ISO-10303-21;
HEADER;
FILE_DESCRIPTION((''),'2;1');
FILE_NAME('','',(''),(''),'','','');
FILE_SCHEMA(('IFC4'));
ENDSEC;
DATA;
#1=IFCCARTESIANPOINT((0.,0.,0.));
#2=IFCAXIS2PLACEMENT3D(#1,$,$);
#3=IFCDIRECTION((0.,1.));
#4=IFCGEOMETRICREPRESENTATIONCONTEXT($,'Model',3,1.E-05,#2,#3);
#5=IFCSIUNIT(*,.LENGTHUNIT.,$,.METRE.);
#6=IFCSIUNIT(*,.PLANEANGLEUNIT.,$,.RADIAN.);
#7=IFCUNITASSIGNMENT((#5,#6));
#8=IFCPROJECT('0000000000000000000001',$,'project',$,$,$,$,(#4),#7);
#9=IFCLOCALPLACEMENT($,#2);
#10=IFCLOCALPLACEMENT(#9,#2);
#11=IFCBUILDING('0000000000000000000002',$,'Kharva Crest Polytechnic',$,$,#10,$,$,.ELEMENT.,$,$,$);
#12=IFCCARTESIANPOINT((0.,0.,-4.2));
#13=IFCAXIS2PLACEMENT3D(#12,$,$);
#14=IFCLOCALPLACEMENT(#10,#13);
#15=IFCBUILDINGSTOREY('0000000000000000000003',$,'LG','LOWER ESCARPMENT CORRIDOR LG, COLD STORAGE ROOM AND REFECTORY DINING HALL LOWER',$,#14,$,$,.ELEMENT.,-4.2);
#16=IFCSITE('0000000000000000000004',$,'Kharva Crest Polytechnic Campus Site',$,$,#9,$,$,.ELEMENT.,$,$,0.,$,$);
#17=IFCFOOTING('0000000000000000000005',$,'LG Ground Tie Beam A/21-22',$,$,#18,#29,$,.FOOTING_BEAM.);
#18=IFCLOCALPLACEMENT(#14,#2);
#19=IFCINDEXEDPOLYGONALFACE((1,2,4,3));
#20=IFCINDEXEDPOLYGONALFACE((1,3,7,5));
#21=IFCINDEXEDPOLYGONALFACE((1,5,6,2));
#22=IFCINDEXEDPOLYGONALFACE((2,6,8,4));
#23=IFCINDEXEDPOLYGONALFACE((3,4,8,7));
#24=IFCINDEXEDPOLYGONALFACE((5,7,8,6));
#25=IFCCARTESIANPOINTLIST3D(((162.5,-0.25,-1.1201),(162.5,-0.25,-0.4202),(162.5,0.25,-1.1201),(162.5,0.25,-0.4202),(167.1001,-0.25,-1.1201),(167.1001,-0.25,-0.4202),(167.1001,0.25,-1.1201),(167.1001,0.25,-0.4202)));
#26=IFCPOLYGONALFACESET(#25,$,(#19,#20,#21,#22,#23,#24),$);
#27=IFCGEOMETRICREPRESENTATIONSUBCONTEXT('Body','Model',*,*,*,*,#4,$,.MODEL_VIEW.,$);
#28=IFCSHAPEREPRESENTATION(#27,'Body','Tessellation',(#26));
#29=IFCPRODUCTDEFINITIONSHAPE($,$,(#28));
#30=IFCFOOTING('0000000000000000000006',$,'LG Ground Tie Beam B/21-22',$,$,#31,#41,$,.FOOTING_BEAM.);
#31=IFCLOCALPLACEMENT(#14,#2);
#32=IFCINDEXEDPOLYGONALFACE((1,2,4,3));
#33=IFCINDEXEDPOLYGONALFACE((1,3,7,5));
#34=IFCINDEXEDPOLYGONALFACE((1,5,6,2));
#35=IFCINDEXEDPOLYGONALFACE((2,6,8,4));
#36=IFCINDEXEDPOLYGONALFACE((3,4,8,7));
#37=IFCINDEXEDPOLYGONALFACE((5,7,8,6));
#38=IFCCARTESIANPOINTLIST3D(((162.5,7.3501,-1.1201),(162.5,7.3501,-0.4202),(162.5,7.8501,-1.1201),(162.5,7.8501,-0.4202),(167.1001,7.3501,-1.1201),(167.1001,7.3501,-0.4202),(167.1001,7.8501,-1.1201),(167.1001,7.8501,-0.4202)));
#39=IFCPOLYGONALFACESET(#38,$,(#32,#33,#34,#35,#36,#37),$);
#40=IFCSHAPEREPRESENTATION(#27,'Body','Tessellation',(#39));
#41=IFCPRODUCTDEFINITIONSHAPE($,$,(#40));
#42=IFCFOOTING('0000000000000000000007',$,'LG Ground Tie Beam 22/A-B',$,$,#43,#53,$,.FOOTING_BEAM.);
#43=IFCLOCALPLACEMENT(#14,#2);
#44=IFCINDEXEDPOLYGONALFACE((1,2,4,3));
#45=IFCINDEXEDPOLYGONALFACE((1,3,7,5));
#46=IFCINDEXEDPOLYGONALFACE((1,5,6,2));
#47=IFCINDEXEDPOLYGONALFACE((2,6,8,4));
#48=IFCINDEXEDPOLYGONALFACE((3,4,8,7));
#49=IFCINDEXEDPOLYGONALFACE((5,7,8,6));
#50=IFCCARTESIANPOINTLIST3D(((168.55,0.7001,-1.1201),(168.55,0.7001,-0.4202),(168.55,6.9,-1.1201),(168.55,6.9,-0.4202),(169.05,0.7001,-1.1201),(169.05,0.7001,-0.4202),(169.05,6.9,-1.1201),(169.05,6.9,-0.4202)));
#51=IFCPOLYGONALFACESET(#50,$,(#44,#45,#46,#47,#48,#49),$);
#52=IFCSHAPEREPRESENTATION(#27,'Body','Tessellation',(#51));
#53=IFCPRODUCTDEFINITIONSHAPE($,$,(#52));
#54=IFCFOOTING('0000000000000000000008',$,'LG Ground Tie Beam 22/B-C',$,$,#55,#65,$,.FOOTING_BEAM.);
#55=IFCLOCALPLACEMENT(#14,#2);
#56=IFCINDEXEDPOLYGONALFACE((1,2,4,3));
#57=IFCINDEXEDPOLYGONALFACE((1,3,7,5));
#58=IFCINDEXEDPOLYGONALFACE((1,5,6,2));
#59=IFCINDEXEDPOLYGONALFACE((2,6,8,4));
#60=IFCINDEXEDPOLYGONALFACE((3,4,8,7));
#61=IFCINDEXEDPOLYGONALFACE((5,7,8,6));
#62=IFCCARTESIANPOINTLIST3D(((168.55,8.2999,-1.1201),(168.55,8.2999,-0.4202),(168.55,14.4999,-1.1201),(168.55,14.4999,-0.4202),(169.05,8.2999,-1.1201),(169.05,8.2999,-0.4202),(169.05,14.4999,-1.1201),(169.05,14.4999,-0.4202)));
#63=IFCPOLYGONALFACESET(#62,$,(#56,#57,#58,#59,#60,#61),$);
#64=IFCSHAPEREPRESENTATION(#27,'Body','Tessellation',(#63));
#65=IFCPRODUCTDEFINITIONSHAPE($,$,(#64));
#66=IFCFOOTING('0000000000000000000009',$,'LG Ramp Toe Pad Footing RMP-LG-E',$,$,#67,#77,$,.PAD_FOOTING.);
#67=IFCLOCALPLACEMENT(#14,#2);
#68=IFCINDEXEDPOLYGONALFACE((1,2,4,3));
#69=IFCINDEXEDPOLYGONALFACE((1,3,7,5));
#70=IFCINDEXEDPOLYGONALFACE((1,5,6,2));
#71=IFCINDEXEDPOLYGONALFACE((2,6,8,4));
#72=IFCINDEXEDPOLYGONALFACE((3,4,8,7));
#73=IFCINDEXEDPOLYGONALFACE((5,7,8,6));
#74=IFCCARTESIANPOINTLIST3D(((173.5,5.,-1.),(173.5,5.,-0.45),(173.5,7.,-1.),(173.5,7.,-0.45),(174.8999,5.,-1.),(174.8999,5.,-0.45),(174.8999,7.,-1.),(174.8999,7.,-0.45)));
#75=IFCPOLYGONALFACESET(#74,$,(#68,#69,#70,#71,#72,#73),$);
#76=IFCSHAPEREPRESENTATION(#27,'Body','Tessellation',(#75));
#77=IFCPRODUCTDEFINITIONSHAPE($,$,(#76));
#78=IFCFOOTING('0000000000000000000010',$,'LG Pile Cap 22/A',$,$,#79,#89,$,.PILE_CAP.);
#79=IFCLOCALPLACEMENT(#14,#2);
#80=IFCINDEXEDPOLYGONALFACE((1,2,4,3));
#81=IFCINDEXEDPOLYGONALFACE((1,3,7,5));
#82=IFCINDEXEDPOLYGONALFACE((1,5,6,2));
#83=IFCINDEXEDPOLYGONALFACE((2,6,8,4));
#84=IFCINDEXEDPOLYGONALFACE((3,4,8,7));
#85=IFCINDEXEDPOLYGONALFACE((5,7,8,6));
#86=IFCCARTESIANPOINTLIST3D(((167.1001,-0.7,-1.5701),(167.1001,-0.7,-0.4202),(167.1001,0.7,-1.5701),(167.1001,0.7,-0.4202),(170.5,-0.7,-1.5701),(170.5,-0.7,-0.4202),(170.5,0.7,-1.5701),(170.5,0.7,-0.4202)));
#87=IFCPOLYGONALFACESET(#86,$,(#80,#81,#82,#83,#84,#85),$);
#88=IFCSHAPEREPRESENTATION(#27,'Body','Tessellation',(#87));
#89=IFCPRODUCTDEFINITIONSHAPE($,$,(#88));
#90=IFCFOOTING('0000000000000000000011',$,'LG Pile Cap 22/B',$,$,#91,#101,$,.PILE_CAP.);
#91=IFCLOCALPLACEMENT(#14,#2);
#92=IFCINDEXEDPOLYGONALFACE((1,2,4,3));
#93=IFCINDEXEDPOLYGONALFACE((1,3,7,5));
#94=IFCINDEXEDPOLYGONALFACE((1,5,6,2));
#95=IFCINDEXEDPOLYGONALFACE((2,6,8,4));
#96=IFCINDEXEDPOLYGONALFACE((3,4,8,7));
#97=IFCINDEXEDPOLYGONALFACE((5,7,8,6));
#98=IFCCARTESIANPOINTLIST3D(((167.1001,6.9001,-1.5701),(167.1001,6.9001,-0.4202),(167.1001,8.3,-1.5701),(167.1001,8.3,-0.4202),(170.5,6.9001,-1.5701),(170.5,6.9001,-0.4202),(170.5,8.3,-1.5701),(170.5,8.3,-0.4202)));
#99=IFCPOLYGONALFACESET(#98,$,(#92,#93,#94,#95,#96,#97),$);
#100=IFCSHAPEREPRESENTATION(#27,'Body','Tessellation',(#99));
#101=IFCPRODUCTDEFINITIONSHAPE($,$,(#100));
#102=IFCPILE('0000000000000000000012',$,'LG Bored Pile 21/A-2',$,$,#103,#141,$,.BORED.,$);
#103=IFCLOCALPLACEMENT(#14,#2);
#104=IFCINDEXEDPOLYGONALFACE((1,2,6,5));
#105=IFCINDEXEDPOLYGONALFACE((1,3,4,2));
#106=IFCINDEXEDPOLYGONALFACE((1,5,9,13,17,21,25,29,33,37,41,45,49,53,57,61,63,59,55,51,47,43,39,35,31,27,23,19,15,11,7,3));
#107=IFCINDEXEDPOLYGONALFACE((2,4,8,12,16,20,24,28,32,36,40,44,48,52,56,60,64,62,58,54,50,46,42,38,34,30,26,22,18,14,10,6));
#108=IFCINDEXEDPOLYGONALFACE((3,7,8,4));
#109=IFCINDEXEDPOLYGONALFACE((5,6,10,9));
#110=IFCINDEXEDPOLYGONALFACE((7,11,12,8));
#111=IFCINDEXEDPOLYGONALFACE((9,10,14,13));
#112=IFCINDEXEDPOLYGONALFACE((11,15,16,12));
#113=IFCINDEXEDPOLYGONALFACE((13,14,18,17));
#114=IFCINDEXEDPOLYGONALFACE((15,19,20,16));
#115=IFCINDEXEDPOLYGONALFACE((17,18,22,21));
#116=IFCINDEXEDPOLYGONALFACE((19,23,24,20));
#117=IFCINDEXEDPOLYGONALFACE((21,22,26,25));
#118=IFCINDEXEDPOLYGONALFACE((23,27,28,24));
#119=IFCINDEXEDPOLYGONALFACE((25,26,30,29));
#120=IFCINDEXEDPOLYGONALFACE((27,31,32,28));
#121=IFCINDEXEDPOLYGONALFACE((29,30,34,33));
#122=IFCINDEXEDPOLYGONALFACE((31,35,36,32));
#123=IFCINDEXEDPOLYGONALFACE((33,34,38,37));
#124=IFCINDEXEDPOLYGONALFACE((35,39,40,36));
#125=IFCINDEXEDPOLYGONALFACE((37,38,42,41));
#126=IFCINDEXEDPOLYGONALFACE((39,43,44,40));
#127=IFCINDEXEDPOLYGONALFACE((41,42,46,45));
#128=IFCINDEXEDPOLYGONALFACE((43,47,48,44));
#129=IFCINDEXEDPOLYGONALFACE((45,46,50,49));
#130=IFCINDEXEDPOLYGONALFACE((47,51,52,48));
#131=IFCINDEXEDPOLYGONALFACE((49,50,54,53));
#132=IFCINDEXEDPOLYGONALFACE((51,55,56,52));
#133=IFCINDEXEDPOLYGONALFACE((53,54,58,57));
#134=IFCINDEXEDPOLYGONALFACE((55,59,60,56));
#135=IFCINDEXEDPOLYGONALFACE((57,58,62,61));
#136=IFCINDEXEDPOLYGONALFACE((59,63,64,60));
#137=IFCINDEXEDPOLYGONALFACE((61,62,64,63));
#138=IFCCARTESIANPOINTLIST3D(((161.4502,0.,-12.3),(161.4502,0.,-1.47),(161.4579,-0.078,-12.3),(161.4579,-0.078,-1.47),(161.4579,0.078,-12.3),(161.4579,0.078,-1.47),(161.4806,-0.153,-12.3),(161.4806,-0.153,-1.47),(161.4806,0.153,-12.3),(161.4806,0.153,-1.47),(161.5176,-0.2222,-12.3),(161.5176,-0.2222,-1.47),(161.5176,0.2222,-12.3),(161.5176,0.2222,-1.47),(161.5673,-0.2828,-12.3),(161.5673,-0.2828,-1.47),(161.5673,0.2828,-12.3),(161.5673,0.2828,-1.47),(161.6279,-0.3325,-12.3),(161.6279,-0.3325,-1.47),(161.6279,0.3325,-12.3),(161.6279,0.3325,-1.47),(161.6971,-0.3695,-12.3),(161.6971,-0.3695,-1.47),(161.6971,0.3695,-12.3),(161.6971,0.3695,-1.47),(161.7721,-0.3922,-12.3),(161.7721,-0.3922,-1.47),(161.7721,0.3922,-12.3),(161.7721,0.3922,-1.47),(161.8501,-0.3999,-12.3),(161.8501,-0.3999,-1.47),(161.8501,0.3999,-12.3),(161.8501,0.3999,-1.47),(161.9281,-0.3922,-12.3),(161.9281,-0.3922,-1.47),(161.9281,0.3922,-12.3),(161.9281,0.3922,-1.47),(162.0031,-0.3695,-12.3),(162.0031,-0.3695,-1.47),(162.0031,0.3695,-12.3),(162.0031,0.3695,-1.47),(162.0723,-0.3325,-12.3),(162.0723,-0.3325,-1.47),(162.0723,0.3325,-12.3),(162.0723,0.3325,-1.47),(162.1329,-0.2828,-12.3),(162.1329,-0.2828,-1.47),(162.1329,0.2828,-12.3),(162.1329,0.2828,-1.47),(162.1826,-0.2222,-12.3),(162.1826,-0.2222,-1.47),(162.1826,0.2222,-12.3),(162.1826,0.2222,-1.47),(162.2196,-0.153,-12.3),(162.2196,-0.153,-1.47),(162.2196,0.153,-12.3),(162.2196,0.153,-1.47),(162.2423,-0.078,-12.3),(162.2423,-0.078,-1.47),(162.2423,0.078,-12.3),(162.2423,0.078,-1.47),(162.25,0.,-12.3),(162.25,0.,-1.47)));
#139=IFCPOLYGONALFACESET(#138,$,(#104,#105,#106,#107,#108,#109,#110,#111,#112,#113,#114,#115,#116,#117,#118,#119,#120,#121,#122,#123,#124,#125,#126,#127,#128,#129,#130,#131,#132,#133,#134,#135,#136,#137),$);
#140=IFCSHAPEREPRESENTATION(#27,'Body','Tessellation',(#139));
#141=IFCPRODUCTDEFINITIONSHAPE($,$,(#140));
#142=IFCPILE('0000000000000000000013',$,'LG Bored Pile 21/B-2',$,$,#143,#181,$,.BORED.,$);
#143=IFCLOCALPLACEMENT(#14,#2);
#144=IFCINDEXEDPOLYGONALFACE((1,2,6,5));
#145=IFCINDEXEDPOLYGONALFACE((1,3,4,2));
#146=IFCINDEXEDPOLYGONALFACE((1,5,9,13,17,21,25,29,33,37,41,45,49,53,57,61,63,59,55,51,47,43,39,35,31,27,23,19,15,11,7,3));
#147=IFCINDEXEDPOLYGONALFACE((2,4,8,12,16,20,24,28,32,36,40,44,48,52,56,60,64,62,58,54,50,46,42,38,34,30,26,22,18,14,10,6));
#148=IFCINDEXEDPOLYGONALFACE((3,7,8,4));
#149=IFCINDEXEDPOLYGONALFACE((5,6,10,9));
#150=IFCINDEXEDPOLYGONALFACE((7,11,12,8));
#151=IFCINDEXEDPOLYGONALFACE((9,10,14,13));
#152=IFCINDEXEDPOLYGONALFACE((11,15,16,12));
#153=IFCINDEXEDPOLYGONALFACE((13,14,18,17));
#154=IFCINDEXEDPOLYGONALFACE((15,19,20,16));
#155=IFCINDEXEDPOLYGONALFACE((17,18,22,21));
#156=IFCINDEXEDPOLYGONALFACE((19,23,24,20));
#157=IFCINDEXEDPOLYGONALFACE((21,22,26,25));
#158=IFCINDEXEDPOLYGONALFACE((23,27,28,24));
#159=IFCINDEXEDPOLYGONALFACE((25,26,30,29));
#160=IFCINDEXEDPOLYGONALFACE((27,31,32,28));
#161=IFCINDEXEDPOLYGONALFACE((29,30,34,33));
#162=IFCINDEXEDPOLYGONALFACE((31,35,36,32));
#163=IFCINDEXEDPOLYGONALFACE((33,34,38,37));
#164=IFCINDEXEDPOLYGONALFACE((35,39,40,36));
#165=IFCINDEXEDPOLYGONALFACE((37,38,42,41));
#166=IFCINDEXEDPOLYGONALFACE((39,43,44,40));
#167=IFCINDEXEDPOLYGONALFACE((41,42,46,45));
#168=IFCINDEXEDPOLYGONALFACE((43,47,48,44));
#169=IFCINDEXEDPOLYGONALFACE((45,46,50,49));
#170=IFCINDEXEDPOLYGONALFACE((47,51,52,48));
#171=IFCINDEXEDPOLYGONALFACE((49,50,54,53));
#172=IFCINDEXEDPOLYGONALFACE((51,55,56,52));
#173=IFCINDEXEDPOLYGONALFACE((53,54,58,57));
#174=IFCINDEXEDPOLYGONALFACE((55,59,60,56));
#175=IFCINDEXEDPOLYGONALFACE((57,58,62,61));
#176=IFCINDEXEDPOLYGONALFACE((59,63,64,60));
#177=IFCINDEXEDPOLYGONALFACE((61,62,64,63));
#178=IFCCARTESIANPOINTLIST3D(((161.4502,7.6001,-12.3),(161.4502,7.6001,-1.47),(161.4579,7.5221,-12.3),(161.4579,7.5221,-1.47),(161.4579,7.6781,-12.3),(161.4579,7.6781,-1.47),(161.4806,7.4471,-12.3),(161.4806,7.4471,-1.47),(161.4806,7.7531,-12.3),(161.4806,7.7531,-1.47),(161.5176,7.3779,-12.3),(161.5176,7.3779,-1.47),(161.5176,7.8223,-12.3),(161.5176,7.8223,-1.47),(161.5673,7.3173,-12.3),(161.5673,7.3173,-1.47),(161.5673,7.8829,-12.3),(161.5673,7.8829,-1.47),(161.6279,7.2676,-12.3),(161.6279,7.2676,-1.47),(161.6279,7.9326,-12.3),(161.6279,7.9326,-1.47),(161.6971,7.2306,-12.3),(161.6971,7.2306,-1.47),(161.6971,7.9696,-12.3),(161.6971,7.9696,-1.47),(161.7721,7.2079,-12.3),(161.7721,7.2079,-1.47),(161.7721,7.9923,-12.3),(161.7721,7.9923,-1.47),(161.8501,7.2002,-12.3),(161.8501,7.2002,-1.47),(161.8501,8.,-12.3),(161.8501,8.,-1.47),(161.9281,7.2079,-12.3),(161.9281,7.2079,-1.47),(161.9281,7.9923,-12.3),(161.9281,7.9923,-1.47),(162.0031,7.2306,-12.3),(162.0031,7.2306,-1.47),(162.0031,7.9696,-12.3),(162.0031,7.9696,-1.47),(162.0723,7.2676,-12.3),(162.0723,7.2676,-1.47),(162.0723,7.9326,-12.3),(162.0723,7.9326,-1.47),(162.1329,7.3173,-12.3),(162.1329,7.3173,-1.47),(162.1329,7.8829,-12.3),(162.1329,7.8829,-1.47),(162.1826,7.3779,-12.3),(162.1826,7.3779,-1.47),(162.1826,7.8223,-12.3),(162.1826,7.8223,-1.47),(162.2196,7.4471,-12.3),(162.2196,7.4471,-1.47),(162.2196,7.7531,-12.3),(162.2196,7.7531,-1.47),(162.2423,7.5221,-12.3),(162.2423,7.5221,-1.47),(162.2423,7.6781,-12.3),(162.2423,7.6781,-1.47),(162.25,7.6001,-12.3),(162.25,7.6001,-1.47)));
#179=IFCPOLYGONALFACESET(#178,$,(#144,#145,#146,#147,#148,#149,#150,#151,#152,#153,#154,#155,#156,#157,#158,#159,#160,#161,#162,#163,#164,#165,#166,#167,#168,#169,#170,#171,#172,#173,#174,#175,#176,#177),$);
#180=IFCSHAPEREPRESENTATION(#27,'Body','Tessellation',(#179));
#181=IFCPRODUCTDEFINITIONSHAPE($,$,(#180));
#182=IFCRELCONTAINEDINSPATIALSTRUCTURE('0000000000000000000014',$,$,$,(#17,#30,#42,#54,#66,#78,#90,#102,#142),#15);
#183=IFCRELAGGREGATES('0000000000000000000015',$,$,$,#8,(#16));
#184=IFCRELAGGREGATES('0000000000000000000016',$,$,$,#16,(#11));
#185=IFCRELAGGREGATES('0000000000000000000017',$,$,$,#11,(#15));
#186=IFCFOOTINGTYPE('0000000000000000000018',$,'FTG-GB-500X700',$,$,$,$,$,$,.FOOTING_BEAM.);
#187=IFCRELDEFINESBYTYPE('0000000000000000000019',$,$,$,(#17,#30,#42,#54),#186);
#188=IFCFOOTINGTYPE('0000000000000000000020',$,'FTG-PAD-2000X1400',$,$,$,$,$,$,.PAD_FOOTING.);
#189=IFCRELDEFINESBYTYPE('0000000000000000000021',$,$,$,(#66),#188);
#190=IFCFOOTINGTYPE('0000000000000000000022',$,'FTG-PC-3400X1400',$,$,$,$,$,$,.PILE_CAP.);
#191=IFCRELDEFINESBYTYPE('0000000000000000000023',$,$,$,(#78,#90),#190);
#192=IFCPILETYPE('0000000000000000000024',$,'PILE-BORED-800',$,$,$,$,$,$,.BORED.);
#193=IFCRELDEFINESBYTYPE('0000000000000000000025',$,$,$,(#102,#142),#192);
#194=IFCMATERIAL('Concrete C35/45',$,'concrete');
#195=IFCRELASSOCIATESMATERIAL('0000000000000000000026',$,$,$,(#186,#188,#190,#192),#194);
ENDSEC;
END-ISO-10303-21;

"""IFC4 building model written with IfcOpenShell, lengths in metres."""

from ifc_helpers import new_model, si_unit, direction, frame, origin, origin_2d, place, context, subcontext, project, spatial, rectangle, circle, extrude, material, material_profile, profile_set, type_object, element, save


model = new_model("IFC4")

# Units and contexts
model_context = context("Model", 3, precision=1e-05, world=origin(), true_north=direction((0.0, 1.0)))
body_context = subcontext(model_context, "Body", "Model", "MODEL_VIEW")
ifc_project = project(units=[si_unit("LENGTHUNIT", "METRE"), si_unit("PLANEANGLEUNIT", "RADIAN")], contexts=[model_context])

# Site, building, storey
site_placement = place(None, origin())
site = spatial("IfcSite", under=ifc_project, at=site_placement, Name="Kharva Crest Polytechnic Campus Site", CompositionType="ELEMENT", RefElevation=0.0)
building_placement = place(site_placement, origin())
building = spatial("IfcBuilding", under=site, at=building_placement, Name="Kharva Crest Polytechnic", CompositionType="ELEMENT")
storey_placement = place(building_placement, frame((0.0, 0.0, -4.2)))
storey = spatial("IfcBuildingStorey", under=building, at=storey_placement, Name="LG", Description="LOWER ESCARPMENT CORRIDOR LG, COLD STORAGE ROOM AND REFECTORY DINING HALL LOWER", CompositionType="ELEMENT", Elevation=-4.2)

# Footings
ifc_material_1 = material(Name="Concrete C35/45", Category="concrete")
footing_type_1 = type_object("IfcFootingType", Name="FTG-GB-500X700", PredefinedType="FOOTING_BEAM", material=ifc_material_1)
for number, where, z_axis, x_axis, name in (
    (1, (164.8, 0.0, -1.1201), (0.0, 0.0, 1.0), (1.0, 0.0, 0.0), "LG Ground Tie Beam A/21-22"),
    (2, (164.8, 7.6001, -1.1201), (0.0, 0.0, 1.0), (1.0, 0.0, 0.0), "LG Ground Tie Beam B/21-22"),
):
    element("IfcFooting", number, at=place(storey_placement, frame(where, z_axis=z_axis, x_axis=x_axis)), inside=storey, type_object=footing_type_1, Name=name, PredefinedType="FOOTING_BEAM", context=body_context, shape_type="SweptSolid", body=[
        extrude(rectangle(XDim=4.6001, YDim=0.5, at=origin_2d()), origin(), (0.0, 0.0, 1.0), 0.7),
    ])
for number, where, z_axis, x_axis, name in (
    (3, (168.8, 3.8, -1.1201), (0.0, 0.0, 1.0), (0.0, 1.0, 0.0), "LG Ground Tie Beam 22/A-B"),
    (4, (168.8, 11.3999, -1.1201), (0.0, 0.0, 1.0), (0.0, 1.0, 0.0), "LG Ground Tie Beam 22/B-C"),
):
    element("IfcFooting", number, at=place(storey_placement, frame(where, z_axis=z_axis, x_axis=x_axis)), inside=storey, type_object=footing_type_1, Name=name, PredefinedType="FOOTING_BEAM", context=body_context, shape_type="SweptSolid", body=[
        extrude(rectangle(XDim=6.2, YDim=0.5, at=origin_2d()), origin(), (0.0, 0.0, 1.0), 0.7),
    ])
footing_type_2 = type_object("IfcFootingType", Name="FTG-PAD-2000X1400", PredefinedType="PAD_FOOTING", material=ifc_material_1)
footing_placement = place(storey_placement, frame((174.2, 6.0, -1.0), z_axis=(0.0, 0.0, 1.0), x_axis=(0.0, 1.0, 0.0)))
element("IfcFooting", 5, at=footing_placement, inside=storey, type_object=footing_type_2, Name="LG Ramp Toe Pad Footing RMP-LG-E", PredefinedType="PAD_FOOTING", context=body_context, shape_type="SweptSolid", body=[
    extrude(rectangle(XDim=2.0, YDim=1.3999, at=origin_2d()), origin(), (0.0, 0.0, 1.0), 0.55),
])
footing_type_3 = type_object("IfcFootingType", Name="FTG-PC-3400X1400", PredefinedType="PILE_CAP", material=ifc_material_1)
for number, where, z_axis, x_axis, name in (
    (6, (168.8, 0.0, -1.5701), (0.0, 0.0, 1.0), (1.0, 0.0, 0.0), "LG Pile Cap 22/A"),
    (7, (168.8, 7.6001, -1.5701), (0.0, 0.0, 1.0), (1.0, 0.0, 0.0), "LG Pile Cap 22/B"),
):
    element("IfcFooting", number, at=place(storey_placement, frame(where, z_axis=z_axis, x_axis=x_axis)), inside=storey, type_object=footing_type_3, Name=name, PredefinedType="PILE_CAP", context=body_context, shape_type="SweptSolid", body=[
        extrude(rectangle(XDim=3.3999, YDim=1.3999, at=origin_2d()), origin(), (0.0, 0.0, 1.0), 1.1499),
    ])

# Piles
ifc_material_profile_1 = material_profile(ifc_material_1, circle(Radius=0.3999, at=origin_2d()), Name="DIA 800")
ifc_profile_set_1 = profile_set([ifc_material_profile_1], Name="Concrete C35/45")
pile_type = type_object("IfcPileType", Name="PILE-BORED-800", PredefinedType="BORED", material=ifc_profile_set_1)
for number, where, z_axis, x_axis, name in (
    (8, (161.8501, 0.0, -1.47), (0.0, 0.0, -1.0), (1.0, 0.0, 0.0), "LG Bored Pile 21/A-2"),
    (9, (161.8501, 7.6001, -1.47), (0.0, 0.0, -1.0), (1.0, 0.0, 0.0), "LG Bored Pile 21/B-2"),
):
    element("IfcPile", number, at=place(storey_placement, frame(where, z_axis=z_axis, x_axis=x_axis)), inside=storey, type_object=pile_type, Name=name, PredefinedType="BORED", context=body_context, shape_type="SweptSolid", body=[
        extrude(circle(Radius=0.3999, at=origin_2d()), origin(), (0.0, 0.0, 1.0), 10.8301),
    ])

save(model, "model.ifc")
